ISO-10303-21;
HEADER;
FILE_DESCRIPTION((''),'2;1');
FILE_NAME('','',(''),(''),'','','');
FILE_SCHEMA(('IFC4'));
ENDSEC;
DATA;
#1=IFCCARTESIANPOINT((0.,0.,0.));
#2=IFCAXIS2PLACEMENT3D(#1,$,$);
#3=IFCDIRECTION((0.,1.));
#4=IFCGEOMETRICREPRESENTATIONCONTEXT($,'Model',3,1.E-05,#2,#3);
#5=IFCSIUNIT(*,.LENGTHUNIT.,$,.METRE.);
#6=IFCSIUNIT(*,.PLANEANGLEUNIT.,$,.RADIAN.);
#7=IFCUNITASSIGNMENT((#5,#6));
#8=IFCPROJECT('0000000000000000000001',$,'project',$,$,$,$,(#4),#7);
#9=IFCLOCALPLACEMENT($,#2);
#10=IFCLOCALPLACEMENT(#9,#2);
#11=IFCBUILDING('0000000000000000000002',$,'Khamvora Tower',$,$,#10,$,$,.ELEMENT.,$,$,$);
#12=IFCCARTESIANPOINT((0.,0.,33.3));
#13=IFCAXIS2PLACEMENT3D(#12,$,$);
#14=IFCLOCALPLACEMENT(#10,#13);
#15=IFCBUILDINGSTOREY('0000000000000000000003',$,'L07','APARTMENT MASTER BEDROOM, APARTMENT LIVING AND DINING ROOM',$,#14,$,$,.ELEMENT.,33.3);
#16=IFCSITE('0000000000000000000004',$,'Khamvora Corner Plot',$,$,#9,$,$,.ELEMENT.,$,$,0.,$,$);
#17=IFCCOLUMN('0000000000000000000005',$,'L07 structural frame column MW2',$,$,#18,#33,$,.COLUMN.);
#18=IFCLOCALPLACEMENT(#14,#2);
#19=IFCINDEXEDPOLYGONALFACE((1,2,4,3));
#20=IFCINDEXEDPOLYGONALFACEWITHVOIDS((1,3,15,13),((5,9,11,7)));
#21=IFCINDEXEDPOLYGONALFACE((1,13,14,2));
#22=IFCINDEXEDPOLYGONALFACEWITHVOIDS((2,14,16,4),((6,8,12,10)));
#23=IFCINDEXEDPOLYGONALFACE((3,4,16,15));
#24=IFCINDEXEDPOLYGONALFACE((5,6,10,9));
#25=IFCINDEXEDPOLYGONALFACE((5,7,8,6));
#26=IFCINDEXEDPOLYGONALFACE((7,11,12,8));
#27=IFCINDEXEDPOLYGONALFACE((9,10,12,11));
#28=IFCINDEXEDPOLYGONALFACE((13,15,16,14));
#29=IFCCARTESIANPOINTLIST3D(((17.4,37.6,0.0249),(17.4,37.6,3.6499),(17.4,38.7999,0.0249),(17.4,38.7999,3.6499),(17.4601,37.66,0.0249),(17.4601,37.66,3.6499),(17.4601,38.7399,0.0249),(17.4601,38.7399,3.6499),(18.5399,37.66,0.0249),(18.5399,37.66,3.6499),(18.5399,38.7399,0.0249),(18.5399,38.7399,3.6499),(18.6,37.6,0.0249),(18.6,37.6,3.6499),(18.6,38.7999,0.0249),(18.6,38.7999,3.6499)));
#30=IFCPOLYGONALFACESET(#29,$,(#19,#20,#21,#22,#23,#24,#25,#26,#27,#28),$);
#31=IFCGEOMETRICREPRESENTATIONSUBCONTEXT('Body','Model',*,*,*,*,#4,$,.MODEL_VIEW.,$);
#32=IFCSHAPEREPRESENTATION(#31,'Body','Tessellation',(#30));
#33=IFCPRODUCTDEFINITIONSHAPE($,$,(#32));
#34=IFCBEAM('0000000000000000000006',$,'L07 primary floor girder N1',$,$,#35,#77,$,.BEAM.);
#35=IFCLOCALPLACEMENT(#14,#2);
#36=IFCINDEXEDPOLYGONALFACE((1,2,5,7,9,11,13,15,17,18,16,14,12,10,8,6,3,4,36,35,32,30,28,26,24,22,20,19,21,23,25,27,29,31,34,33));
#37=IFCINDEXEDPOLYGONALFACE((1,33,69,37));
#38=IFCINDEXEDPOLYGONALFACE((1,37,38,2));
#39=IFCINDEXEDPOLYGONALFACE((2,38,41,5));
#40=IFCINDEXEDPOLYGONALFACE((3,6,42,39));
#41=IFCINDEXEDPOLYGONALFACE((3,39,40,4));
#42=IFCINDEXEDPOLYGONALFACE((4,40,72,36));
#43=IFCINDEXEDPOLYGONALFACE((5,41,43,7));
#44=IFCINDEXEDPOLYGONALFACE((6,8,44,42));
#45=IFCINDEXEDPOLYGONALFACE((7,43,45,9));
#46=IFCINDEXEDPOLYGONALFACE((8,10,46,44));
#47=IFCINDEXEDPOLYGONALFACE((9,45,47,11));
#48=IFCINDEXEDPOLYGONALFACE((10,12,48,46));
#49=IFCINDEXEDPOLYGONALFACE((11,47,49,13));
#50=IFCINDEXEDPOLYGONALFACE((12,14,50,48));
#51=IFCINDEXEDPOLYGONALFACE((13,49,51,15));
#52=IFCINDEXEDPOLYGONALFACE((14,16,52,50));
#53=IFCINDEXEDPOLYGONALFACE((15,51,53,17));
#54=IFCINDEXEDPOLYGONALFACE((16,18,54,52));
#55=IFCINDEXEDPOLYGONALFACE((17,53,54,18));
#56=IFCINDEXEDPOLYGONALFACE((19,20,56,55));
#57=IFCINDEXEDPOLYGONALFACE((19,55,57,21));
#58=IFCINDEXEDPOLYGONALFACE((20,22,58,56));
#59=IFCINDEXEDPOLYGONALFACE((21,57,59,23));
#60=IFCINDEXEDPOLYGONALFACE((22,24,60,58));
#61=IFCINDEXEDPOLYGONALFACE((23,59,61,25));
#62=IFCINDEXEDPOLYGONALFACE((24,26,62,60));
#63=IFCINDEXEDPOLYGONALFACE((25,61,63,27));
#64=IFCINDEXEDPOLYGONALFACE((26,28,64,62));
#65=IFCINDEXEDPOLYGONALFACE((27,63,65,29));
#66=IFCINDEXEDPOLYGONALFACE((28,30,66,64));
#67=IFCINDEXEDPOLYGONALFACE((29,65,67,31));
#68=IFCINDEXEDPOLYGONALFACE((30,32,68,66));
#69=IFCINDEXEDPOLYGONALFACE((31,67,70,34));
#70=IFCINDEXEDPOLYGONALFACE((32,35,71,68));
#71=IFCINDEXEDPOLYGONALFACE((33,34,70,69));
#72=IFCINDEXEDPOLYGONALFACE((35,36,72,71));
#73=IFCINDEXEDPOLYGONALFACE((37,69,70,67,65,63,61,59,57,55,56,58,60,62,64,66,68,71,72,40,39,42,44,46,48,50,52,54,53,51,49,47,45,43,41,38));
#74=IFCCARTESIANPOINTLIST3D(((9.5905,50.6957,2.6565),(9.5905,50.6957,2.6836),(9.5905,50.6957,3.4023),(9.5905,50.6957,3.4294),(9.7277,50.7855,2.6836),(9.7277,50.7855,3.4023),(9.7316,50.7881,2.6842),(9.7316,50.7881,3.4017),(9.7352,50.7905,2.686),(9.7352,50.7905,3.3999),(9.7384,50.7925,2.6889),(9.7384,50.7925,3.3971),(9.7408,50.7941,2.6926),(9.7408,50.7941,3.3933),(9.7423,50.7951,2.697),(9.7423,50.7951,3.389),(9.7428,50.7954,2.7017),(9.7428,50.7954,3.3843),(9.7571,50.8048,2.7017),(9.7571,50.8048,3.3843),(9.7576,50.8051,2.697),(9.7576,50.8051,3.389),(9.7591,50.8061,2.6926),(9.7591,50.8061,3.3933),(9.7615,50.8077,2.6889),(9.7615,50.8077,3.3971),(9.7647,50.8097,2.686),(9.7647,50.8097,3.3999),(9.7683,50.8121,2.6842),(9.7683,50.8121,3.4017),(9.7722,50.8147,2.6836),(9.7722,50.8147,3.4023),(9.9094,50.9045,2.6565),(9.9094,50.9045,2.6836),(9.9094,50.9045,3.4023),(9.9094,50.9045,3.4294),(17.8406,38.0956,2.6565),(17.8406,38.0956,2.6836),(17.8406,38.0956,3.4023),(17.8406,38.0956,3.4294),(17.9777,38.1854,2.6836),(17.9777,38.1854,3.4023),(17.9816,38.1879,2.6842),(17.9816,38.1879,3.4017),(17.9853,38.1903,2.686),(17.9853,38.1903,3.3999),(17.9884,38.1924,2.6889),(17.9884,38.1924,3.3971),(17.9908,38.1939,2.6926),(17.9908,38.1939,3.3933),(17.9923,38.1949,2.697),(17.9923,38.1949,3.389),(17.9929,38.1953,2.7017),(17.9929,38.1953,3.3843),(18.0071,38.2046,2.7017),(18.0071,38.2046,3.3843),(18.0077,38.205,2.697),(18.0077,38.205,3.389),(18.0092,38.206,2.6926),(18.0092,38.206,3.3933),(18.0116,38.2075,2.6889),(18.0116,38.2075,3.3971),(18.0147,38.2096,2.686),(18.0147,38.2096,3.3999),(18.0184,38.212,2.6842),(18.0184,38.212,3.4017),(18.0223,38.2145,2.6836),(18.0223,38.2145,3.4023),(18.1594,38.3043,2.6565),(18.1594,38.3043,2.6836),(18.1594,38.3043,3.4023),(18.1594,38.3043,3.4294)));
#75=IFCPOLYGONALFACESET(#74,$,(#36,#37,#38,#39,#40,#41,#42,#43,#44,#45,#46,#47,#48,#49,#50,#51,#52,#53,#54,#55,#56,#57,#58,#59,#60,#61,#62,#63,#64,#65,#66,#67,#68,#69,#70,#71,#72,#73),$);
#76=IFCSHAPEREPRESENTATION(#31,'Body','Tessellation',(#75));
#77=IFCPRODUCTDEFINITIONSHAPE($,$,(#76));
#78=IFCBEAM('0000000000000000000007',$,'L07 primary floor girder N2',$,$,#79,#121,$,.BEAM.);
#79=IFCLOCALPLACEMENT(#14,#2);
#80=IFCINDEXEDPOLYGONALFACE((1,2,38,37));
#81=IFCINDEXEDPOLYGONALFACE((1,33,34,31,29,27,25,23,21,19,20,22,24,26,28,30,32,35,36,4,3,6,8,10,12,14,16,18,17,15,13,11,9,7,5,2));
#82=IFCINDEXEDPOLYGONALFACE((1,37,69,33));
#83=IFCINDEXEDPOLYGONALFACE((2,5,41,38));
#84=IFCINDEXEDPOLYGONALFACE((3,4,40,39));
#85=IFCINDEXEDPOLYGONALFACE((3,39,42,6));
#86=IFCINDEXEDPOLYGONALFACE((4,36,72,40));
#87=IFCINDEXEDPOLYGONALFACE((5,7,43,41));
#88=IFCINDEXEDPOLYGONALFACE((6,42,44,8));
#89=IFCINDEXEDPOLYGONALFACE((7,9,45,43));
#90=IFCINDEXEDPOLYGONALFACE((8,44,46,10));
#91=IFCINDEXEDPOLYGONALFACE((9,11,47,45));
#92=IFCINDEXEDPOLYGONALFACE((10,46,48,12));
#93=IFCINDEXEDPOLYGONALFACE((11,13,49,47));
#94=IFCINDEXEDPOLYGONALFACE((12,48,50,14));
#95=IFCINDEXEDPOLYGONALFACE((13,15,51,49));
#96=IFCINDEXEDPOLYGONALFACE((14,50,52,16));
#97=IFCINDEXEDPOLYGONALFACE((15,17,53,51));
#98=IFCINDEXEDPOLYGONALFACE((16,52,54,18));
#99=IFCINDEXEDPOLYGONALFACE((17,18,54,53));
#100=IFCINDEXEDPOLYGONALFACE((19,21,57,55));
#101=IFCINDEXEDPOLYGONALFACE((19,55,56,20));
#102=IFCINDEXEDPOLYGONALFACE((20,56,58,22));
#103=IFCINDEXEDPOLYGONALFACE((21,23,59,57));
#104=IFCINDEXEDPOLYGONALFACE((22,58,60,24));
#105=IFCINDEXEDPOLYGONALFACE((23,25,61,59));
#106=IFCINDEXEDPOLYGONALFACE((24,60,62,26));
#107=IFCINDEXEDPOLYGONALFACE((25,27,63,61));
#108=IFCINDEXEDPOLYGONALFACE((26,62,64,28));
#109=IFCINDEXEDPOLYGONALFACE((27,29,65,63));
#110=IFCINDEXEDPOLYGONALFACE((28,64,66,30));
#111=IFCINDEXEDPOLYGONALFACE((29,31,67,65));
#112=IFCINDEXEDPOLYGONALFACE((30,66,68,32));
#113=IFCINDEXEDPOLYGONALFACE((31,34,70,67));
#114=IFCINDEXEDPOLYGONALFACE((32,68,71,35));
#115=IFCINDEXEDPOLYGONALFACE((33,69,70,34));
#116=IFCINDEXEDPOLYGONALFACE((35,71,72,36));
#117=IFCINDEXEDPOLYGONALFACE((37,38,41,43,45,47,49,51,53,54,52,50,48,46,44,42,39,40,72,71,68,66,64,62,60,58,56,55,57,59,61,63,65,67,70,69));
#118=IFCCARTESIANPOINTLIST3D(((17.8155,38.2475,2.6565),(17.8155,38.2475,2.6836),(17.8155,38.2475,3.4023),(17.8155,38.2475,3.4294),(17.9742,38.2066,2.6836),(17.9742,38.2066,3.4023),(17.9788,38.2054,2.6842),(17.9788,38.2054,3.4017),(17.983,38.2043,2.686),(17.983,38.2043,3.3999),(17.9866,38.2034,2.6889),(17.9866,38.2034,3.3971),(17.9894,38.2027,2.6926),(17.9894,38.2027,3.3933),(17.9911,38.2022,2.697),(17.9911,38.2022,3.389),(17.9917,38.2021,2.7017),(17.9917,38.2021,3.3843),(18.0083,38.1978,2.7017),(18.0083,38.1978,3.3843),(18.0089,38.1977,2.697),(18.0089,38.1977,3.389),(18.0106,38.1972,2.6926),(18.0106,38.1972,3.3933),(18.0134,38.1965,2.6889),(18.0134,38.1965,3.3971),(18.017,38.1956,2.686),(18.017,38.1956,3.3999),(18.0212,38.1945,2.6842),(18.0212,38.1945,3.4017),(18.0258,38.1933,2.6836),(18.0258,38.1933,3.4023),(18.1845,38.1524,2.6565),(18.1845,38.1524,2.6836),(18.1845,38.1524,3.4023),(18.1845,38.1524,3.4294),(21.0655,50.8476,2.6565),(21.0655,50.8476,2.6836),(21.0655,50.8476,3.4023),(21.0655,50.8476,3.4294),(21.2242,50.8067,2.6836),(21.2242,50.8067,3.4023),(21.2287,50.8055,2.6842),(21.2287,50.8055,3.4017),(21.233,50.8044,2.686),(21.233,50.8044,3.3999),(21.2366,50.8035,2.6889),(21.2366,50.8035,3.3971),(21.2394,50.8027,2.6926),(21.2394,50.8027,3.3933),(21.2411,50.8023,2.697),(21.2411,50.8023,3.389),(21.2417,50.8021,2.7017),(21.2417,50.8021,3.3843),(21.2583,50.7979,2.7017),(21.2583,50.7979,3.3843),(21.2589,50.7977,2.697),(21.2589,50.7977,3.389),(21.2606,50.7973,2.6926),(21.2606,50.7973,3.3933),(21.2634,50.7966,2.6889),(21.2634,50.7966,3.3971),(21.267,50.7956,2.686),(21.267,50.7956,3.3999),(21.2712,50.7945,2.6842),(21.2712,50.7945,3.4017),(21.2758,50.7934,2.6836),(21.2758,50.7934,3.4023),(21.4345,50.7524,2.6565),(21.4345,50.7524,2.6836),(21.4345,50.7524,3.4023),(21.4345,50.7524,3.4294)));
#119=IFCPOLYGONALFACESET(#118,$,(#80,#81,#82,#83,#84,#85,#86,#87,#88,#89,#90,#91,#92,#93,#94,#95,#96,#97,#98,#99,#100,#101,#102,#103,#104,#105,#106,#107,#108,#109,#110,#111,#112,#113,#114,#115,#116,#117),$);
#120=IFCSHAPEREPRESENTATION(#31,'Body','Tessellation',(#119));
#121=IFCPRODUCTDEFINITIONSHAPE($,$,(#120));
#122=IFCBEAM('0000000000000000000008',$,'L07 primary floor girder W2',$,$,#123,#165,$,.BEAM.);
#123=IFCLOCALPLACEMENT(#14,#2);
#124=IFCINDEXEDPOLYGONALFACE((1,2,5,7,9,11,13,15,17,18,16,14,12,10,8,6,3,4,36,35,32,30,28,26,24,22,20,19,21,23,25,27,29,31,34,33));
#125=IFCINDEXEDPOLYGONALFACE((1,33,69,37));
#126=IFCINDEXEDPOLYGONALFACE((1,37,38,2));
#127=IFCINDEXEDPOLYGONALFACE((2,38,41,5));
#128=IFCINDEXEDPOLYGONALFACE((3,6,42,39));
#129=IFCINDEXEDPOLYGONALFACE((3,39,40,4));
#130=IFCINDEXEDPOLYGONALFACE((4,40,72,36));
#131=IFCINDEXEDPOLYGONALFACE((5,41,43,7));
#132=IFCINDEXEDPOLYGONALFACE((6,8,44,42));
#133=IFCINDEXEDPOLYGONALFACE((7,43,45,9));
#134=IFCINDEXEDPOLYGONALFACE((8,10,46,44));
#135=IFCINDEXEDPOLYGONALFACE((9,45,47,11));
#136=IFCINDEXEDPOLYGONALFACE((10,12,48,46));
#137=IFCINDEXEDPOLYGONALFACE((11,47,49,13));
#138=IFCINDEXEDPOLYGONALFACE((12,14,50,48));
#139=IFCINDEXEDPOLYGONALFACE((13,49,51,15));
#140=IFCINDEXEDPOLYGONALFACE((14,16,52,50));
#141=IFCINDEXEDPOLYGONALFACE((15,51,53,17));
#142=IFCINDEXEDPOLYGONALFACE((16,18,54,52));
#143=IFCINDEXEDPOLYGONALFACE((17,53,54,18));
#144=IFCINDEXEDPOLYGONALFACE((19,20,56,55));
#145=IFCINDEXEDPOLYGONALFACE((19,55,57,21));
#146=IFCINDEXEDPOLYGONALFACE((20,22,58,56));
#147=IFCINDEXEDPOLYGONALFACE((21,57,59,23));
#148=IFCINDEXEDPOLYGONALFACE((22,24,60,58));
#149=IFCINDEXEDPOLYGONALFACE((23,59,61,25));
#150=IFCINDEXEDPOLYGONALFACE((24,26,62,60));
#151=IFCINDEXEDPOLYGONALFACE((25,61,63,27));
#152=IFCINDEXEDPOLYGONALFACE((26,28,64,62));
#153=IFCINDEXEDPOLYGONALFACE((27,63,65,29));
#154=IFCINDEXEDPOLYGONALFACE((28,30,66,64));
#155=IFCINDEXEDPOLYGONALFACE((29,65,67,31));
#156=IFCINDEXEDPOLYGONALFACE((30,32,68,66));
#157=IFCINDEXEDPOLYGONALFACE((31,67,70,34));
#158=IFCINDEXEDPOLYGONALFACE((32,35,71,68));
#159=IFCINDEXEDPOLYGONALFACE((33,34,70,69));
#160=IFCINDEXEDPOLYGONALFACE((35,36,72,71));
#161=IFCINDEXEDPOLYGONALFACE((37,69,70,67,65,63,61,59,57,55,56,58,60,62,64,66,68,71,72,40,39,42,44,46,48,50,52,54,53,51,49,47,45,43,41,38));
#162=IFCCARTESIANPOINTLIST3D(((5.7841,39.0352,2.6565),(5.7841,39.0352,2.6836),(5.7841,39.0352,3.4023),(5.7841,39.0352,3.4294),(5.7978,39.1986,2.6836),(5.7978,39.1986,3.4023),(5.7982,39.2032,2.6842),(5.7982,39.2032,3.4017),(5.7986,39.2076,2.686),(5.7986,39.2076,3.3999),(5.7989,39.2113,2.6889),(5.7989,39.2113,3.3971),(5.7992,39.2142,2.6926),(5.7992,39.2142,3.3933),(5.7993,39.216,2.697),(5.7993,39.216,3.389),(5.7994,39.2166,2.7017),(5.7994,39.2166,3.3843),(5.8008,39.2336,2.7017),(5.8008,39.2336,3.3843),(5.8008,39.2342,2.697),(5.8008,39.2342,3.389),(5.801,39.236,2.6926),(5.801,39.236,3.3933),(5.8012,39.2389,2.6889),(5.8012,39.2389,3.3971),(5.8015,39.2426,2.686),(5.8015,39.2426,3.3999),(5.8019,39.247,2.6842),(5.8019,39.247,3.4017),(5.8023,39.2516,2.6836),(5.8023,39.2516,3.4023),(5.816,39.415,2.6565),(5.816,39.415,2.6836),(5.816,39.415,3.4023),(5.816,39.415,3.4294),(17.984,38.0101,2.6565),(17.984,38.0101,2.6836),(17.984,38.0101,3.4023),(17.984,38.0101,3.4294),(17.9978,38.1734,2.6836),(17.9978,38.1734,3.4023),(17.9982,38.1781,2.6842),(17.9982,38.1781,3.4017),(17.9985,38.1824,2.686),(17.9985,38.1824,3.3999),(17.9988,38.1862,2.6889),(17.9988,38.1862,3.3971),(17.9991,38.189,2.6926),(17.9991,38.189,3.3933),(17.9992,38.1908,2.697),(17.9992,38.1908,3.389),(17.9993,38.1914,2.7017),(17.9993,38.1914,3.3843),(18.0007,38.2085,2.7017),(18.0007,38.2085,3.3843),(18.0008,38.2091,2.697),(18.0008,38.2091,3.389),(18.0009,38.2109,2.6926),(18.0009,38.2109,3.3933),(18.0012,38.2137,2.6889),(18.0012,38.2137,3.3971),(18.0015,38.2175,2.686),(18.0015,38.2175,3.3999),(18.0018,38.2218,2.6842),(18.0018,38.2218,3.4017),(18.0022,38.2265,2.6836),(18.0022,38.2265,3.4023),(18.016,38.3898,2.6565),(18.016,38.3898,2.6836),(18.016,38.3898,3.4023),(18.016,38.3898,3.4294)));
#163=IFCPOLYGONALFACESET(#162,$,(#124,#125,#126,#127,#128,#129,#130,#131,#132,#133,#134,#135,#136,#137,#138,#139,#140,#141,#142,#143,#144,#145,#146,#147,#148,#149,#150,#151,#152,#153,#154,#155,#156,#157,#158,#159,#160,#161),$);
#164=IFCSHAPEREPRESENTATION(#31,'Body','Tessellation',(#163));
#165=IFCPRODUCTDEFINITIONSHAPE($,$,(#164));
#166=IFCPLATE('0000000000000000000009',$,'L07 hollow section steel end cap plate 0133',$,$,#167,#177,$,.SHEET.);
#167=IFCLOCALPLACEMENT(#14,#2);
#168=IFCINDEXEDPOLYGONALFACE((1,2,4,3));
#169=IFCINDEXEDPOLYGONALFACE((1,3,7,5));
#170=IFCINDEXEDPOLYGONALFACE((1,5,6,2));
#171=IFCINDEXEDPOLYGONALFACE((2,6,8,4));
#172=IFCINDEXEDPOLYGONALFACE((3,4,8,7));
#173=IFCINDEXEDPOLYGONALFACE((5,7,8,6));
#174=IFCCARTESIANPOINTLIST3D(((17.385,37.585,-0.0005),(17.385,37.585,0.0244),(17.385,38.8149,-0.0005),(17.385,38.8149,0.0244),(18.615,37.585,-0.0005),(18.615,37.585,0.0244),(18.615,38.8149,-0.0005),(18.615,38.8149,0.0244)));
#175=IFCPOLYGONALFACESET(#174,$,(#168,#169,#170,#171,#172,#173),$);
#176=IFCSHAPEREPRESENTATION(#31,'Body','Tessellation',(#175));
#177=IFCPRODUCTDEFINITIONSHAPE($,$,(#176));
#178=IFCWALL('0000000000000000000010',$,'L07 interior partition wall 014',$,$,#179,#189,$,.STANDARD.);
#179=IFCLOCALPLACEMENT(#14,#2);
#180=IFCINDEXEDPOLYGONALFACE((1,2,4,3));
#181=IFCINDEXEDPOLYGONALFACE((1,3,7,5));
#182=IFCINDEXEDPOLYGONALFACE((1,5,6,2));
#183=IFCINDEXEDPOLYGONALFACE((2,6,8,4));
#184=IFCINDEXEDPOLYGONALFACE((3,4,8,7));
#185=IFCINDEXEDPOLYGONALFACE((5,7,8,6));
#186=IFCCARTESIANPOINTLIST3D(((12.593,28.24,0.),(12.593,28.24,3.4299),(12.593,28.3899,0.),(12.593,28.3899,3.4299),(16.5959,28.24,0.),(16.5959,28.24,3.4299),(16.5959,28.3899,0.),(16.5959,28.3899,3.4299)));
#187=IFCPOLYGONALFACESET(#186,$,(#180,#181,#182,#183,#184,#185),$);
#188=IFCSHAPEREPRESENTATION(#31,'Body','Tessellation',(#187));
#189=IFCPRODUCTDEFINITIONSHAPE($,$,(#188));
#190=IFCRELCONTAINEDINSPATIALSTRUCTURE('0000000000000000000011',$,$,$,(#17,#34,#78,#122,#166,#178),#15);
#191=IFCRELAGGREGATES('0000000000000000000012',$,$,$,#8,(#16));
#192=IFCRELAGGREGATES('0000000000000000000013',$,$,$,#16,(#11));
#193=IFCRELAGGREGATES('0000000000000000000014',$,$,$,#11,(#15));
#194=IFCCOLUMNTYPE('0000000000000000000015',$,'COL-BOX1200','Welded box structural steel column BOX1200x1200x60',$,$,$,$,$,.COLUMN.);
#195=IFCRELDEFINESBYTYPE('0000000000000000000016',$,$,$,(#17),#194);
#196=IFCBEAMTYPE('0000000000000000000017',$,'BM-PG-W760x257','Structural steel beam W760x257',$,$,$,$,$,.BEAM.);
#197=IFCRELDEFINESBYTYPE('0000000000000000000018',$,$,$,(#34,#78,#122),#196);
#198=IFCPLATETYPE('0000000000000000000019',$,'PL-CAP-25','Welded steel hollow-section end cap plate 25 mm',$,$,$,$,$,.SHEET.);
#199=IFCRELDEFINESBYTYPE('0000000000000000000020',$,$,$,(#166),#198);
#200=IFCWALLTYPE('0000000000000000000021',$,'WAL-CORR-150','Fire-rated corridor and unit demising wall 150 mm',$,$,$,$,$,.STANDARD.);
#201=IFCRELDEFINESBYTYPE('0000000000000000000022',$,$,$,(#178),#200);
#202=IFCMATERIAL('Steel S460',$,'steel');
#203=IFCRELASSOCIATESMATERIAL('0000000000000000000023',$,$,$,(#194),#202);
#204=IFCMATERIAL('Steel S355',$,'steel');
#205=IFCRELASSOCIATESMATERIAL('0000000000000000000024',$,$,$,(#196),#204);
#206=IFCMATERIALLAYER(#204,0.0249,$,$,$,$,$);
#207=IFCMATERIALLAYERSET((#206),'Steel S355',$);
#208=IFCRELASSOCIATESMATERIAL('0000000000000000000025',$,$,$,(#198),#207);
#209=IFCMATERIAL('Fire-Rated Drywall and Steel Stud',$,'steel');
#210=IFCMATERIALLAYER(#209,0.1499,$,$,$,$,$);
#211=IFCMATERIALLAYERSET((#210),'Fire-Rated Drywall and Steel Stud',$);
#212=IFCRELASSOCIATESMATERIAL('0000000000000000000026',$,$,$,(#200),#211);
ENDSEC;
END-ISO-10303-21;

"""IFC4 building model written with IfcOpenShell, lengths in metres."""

from ifc_helpers import new_model, si_unit, direction, frame, frame_2d, origin, origin_2d, place, context, subcontext, project, spatial, rectangle, hollow_rectangle, i_section, extrude, material, layer, layer_set, material_profile, profile_set, type_object, element, save


model = new_model("IFC4")

# Units and contexts
model_context = context("Model", 3, precision=1e-05, world=origin(), true_north=direction((0.0, 1.0)))
body_context = subcontext(model_context, "Body", "Model", "MODEL_VIEW")
ifc_project = project(units=[si_unit("LENGTHUNIT", "METRE"), si_unit("PLANEANGLEUNIT", "RADIAN")], contexts=[model_context])

# Site, building, storey
site_placement = place(None, origin())
site = spatial("IfcSite", under=ifc_project, at=site_placement, Name="Khamvora Corner Plot", CompositionType="ELEMENT", RefElevation=0.0)
building_placement = place(site_placement, origin())
building = spatial("IfcBuilding", under=site, at=building_placement, Name="Khamvora Tower", CompositionType="ELEMENT")
storey_placement = place(building_placement, frame((0.0, 0.0, 33.3)))
storey = spatial("IfcBuildingStorey", under=building, at=storey_placement, Name="L07", Description="APARTMENT MASTER BEDROOM, APARTMENT LIVING AND DINING ROOM", CompositionType="ELEMENT", Elevation=33.3)

# Column
ifc_material_1 = material(Name="Steel S460", Category="steel")
ifc_material_profile_1 = material_profile(ifc_material_1, hollow_rectangle(XDim=1.2, YDim=1.2, WallThickness=0.0601, at=origin_2d()), Name="BOX1200x1200x60")
ifc_profile_set_1 = profile_set([ifc_material_profile_1], Name="Steel S460")
column_type = type_object("IfcColumnType", Name="COL-BOX1200", Description="Welded box structural steel column BOX1200x1200x60", PredefinedType="COLUMN", material=ifc_profile_set_1)
column_placement = place(storey_placement, frame((18.0, 38.2, 0.0249), z_axis=(0.0, 0.0, 1.0), x_axis=(1.0, 0.0, 0.0)))
element("IfcColumn", 1, at=column_placement, inside=storey, type_object=column_type, Name="L07 structural frame column MW2", PredefinedType="COLUMN", context=body_context, shape_type="SweptSolid", body=[
    extrude(hollow_rectangle(XDim=1.2, YDim=1.2, WallThickness=0.0601, at=origin_2d()), origin(), (0.0, 0.0, 1.0), 3.625),
])

# Beams
ifc_material_2 = material(Name="Steel S355", Category="steel")
ifc_material_profile_2 = material_profile(ifc_material_2, i_section(OverallWidth=0.3811, OverallDepth=0.7729, WebThickness=0.0171, FlangeThickness=0.0271, FilletRadius=0.0181, at=origin_2d()), Name="W760x257")
ifc_profile_set_2 = profile_set([ifc_material_profile_2], Name="Steel S355")
beam_type = type_object("IfcBeamType", Name="BM-PG-W760x257", Description="Structural steel beam W760x257", PredefinedType="BEAM", material=ifc_profile_set_2)
beam_1_placement = place(storey_placement, frame((18.0, 38.2, 3.043), z_axis=(-0.547783, 0.83662, 0.0), x_axis=(-0.83662, -0.547783, 0.0)))
element("IfcBeam", 2, at=beam_1_placement, inside=storey, type_object=beam_type, Name="L07 primary floor girder N1", PredefinedType="BEAM", context=body_context, shape_type="SweptSolid", body=[
    extrude(i_section(OverallWidth=0.3811, OverallDepth=0.7729, WebThickness=0.0171, FlangeThickness=0.0271, FilletRadius=0.0181, at=origin_2d()), origin(), (0.0, 0.0, 1.0), 15.0608),
])
beam_2_placement = place(storey_placement, frame((18.0, 38.2, 3.043), z_axis=(0.24976, 0.968308, 0.0), x_axis=(-0.968308, 0.24976, 0.0)))
element("IfcBeam", 3, at=beam_2_placement, inside=storey, type_object=beam_type, Name="L07 primary floor girder N2", PredefinedType="BEAM", context=body_context, shape_type="SweptSolid", body=[
    extrude(i_section(OverallWidth=0.3811, OverallDepth=0.7729, WebThickness=0.0171, FlangeThickness=0.0271, FilletRadius=0.0181, at=origin_2d()), origin(), (0.0, 0.0, 1.0), 13.0125),
])
beam_3_placement = place(storey_placement, frame((18.0, 38.2, 3.043), z_axis=(-0.996488, 0.083734, 0.0), x_axis=(-0.083734, -0.996488, 0.0)))
element("IfcBeam", 4, at=beam_3_placement, inside=storey, type_object=beam_type, Name="L07 primary floor girder W2", PredefinedType="BEAM", context=body_context, shape_type="SweptSolid", body=[
    extrude(i_section(OverallWidth=0.3811, OverallDepth=0.7729, WebThickness=0.0171, FlangeThickness=0.0271, FilletRadius=0.0181, at=origin_2d()), origin(), (0.0, 0.0, 1.0), 12.2429),
])

# Plate
ifc_layer_1 = layer(ifc_material_2, 0.0249)
ifc_layer_set_1 = layer_set([ifc_layer_1], Name="Steel S355")
plate_type = type_object("IfcPlateType", Name="PL-CAP-25", Description="Welded steel hollow-section end cap plate 25 mm", PredefinedType="SHEET", material=ifc_layer_set_1)
plate_placement = place(storey_placement, frame((18.0, 38.2, -0.0005), z_axis=(0.0, 0.0, 1.0), x_axis=(1.0, 0.0, 0.0)))
element("IfcPlate", 5, at=plate_placement, inside=storey, type_object=plate_type, Name="L07 hollow section steel end cap plate 0133", PredefinedType="SHEET", context=body_context, shape_type="SweptSolid", body=[
    extrude(rectangle(XDim=1.23, YDim=1.23, at=origin_2d()), origin(), (0.0, 0.0, 1.0), 0.0249),
])

# Shared definitions
ifc_material_3 = material(Name="Fire-Rated Drywall and Steel Stud", Category="steel")
ifc_layer_2 = layer(ifc_material_3, 0.1499)
ifc_layer_set_2 = layer_set([ifc_layer_2], Name="Fire-Rated Drywall and Steel Stud")
wall_type_1 = type_object("IfcWallType", Name="WAL-CORR-150", Description="Fire-rated corridor and unit demising wall 150 mm", PredefinedType="STANDARD", material=ifc_layer_set_2)

# Wall
wall_1_placement = place(storey_placement, frame((12.593, 28.3149, 0.0), z_axis=(0.0, 0.0, 1.0), x_axis=(1.0, 0.0, 0.0)))
element("IfcWall", 6, at=wall_1_placement, inside=storey, type_object=wall_type_1, Name="L07 interior partition wall 014", PredefinedType="STANDARD", context=body_context, shape_type="SweptSolid", body=[
    extrude(rectangle(XDim=4.0029, YDim=0.1499, at=frame_2d((2.0015, 0.0))), origin(), (0.0, 0.0, 1.0), 3.4299),
])

save(model, "model.ifc")
